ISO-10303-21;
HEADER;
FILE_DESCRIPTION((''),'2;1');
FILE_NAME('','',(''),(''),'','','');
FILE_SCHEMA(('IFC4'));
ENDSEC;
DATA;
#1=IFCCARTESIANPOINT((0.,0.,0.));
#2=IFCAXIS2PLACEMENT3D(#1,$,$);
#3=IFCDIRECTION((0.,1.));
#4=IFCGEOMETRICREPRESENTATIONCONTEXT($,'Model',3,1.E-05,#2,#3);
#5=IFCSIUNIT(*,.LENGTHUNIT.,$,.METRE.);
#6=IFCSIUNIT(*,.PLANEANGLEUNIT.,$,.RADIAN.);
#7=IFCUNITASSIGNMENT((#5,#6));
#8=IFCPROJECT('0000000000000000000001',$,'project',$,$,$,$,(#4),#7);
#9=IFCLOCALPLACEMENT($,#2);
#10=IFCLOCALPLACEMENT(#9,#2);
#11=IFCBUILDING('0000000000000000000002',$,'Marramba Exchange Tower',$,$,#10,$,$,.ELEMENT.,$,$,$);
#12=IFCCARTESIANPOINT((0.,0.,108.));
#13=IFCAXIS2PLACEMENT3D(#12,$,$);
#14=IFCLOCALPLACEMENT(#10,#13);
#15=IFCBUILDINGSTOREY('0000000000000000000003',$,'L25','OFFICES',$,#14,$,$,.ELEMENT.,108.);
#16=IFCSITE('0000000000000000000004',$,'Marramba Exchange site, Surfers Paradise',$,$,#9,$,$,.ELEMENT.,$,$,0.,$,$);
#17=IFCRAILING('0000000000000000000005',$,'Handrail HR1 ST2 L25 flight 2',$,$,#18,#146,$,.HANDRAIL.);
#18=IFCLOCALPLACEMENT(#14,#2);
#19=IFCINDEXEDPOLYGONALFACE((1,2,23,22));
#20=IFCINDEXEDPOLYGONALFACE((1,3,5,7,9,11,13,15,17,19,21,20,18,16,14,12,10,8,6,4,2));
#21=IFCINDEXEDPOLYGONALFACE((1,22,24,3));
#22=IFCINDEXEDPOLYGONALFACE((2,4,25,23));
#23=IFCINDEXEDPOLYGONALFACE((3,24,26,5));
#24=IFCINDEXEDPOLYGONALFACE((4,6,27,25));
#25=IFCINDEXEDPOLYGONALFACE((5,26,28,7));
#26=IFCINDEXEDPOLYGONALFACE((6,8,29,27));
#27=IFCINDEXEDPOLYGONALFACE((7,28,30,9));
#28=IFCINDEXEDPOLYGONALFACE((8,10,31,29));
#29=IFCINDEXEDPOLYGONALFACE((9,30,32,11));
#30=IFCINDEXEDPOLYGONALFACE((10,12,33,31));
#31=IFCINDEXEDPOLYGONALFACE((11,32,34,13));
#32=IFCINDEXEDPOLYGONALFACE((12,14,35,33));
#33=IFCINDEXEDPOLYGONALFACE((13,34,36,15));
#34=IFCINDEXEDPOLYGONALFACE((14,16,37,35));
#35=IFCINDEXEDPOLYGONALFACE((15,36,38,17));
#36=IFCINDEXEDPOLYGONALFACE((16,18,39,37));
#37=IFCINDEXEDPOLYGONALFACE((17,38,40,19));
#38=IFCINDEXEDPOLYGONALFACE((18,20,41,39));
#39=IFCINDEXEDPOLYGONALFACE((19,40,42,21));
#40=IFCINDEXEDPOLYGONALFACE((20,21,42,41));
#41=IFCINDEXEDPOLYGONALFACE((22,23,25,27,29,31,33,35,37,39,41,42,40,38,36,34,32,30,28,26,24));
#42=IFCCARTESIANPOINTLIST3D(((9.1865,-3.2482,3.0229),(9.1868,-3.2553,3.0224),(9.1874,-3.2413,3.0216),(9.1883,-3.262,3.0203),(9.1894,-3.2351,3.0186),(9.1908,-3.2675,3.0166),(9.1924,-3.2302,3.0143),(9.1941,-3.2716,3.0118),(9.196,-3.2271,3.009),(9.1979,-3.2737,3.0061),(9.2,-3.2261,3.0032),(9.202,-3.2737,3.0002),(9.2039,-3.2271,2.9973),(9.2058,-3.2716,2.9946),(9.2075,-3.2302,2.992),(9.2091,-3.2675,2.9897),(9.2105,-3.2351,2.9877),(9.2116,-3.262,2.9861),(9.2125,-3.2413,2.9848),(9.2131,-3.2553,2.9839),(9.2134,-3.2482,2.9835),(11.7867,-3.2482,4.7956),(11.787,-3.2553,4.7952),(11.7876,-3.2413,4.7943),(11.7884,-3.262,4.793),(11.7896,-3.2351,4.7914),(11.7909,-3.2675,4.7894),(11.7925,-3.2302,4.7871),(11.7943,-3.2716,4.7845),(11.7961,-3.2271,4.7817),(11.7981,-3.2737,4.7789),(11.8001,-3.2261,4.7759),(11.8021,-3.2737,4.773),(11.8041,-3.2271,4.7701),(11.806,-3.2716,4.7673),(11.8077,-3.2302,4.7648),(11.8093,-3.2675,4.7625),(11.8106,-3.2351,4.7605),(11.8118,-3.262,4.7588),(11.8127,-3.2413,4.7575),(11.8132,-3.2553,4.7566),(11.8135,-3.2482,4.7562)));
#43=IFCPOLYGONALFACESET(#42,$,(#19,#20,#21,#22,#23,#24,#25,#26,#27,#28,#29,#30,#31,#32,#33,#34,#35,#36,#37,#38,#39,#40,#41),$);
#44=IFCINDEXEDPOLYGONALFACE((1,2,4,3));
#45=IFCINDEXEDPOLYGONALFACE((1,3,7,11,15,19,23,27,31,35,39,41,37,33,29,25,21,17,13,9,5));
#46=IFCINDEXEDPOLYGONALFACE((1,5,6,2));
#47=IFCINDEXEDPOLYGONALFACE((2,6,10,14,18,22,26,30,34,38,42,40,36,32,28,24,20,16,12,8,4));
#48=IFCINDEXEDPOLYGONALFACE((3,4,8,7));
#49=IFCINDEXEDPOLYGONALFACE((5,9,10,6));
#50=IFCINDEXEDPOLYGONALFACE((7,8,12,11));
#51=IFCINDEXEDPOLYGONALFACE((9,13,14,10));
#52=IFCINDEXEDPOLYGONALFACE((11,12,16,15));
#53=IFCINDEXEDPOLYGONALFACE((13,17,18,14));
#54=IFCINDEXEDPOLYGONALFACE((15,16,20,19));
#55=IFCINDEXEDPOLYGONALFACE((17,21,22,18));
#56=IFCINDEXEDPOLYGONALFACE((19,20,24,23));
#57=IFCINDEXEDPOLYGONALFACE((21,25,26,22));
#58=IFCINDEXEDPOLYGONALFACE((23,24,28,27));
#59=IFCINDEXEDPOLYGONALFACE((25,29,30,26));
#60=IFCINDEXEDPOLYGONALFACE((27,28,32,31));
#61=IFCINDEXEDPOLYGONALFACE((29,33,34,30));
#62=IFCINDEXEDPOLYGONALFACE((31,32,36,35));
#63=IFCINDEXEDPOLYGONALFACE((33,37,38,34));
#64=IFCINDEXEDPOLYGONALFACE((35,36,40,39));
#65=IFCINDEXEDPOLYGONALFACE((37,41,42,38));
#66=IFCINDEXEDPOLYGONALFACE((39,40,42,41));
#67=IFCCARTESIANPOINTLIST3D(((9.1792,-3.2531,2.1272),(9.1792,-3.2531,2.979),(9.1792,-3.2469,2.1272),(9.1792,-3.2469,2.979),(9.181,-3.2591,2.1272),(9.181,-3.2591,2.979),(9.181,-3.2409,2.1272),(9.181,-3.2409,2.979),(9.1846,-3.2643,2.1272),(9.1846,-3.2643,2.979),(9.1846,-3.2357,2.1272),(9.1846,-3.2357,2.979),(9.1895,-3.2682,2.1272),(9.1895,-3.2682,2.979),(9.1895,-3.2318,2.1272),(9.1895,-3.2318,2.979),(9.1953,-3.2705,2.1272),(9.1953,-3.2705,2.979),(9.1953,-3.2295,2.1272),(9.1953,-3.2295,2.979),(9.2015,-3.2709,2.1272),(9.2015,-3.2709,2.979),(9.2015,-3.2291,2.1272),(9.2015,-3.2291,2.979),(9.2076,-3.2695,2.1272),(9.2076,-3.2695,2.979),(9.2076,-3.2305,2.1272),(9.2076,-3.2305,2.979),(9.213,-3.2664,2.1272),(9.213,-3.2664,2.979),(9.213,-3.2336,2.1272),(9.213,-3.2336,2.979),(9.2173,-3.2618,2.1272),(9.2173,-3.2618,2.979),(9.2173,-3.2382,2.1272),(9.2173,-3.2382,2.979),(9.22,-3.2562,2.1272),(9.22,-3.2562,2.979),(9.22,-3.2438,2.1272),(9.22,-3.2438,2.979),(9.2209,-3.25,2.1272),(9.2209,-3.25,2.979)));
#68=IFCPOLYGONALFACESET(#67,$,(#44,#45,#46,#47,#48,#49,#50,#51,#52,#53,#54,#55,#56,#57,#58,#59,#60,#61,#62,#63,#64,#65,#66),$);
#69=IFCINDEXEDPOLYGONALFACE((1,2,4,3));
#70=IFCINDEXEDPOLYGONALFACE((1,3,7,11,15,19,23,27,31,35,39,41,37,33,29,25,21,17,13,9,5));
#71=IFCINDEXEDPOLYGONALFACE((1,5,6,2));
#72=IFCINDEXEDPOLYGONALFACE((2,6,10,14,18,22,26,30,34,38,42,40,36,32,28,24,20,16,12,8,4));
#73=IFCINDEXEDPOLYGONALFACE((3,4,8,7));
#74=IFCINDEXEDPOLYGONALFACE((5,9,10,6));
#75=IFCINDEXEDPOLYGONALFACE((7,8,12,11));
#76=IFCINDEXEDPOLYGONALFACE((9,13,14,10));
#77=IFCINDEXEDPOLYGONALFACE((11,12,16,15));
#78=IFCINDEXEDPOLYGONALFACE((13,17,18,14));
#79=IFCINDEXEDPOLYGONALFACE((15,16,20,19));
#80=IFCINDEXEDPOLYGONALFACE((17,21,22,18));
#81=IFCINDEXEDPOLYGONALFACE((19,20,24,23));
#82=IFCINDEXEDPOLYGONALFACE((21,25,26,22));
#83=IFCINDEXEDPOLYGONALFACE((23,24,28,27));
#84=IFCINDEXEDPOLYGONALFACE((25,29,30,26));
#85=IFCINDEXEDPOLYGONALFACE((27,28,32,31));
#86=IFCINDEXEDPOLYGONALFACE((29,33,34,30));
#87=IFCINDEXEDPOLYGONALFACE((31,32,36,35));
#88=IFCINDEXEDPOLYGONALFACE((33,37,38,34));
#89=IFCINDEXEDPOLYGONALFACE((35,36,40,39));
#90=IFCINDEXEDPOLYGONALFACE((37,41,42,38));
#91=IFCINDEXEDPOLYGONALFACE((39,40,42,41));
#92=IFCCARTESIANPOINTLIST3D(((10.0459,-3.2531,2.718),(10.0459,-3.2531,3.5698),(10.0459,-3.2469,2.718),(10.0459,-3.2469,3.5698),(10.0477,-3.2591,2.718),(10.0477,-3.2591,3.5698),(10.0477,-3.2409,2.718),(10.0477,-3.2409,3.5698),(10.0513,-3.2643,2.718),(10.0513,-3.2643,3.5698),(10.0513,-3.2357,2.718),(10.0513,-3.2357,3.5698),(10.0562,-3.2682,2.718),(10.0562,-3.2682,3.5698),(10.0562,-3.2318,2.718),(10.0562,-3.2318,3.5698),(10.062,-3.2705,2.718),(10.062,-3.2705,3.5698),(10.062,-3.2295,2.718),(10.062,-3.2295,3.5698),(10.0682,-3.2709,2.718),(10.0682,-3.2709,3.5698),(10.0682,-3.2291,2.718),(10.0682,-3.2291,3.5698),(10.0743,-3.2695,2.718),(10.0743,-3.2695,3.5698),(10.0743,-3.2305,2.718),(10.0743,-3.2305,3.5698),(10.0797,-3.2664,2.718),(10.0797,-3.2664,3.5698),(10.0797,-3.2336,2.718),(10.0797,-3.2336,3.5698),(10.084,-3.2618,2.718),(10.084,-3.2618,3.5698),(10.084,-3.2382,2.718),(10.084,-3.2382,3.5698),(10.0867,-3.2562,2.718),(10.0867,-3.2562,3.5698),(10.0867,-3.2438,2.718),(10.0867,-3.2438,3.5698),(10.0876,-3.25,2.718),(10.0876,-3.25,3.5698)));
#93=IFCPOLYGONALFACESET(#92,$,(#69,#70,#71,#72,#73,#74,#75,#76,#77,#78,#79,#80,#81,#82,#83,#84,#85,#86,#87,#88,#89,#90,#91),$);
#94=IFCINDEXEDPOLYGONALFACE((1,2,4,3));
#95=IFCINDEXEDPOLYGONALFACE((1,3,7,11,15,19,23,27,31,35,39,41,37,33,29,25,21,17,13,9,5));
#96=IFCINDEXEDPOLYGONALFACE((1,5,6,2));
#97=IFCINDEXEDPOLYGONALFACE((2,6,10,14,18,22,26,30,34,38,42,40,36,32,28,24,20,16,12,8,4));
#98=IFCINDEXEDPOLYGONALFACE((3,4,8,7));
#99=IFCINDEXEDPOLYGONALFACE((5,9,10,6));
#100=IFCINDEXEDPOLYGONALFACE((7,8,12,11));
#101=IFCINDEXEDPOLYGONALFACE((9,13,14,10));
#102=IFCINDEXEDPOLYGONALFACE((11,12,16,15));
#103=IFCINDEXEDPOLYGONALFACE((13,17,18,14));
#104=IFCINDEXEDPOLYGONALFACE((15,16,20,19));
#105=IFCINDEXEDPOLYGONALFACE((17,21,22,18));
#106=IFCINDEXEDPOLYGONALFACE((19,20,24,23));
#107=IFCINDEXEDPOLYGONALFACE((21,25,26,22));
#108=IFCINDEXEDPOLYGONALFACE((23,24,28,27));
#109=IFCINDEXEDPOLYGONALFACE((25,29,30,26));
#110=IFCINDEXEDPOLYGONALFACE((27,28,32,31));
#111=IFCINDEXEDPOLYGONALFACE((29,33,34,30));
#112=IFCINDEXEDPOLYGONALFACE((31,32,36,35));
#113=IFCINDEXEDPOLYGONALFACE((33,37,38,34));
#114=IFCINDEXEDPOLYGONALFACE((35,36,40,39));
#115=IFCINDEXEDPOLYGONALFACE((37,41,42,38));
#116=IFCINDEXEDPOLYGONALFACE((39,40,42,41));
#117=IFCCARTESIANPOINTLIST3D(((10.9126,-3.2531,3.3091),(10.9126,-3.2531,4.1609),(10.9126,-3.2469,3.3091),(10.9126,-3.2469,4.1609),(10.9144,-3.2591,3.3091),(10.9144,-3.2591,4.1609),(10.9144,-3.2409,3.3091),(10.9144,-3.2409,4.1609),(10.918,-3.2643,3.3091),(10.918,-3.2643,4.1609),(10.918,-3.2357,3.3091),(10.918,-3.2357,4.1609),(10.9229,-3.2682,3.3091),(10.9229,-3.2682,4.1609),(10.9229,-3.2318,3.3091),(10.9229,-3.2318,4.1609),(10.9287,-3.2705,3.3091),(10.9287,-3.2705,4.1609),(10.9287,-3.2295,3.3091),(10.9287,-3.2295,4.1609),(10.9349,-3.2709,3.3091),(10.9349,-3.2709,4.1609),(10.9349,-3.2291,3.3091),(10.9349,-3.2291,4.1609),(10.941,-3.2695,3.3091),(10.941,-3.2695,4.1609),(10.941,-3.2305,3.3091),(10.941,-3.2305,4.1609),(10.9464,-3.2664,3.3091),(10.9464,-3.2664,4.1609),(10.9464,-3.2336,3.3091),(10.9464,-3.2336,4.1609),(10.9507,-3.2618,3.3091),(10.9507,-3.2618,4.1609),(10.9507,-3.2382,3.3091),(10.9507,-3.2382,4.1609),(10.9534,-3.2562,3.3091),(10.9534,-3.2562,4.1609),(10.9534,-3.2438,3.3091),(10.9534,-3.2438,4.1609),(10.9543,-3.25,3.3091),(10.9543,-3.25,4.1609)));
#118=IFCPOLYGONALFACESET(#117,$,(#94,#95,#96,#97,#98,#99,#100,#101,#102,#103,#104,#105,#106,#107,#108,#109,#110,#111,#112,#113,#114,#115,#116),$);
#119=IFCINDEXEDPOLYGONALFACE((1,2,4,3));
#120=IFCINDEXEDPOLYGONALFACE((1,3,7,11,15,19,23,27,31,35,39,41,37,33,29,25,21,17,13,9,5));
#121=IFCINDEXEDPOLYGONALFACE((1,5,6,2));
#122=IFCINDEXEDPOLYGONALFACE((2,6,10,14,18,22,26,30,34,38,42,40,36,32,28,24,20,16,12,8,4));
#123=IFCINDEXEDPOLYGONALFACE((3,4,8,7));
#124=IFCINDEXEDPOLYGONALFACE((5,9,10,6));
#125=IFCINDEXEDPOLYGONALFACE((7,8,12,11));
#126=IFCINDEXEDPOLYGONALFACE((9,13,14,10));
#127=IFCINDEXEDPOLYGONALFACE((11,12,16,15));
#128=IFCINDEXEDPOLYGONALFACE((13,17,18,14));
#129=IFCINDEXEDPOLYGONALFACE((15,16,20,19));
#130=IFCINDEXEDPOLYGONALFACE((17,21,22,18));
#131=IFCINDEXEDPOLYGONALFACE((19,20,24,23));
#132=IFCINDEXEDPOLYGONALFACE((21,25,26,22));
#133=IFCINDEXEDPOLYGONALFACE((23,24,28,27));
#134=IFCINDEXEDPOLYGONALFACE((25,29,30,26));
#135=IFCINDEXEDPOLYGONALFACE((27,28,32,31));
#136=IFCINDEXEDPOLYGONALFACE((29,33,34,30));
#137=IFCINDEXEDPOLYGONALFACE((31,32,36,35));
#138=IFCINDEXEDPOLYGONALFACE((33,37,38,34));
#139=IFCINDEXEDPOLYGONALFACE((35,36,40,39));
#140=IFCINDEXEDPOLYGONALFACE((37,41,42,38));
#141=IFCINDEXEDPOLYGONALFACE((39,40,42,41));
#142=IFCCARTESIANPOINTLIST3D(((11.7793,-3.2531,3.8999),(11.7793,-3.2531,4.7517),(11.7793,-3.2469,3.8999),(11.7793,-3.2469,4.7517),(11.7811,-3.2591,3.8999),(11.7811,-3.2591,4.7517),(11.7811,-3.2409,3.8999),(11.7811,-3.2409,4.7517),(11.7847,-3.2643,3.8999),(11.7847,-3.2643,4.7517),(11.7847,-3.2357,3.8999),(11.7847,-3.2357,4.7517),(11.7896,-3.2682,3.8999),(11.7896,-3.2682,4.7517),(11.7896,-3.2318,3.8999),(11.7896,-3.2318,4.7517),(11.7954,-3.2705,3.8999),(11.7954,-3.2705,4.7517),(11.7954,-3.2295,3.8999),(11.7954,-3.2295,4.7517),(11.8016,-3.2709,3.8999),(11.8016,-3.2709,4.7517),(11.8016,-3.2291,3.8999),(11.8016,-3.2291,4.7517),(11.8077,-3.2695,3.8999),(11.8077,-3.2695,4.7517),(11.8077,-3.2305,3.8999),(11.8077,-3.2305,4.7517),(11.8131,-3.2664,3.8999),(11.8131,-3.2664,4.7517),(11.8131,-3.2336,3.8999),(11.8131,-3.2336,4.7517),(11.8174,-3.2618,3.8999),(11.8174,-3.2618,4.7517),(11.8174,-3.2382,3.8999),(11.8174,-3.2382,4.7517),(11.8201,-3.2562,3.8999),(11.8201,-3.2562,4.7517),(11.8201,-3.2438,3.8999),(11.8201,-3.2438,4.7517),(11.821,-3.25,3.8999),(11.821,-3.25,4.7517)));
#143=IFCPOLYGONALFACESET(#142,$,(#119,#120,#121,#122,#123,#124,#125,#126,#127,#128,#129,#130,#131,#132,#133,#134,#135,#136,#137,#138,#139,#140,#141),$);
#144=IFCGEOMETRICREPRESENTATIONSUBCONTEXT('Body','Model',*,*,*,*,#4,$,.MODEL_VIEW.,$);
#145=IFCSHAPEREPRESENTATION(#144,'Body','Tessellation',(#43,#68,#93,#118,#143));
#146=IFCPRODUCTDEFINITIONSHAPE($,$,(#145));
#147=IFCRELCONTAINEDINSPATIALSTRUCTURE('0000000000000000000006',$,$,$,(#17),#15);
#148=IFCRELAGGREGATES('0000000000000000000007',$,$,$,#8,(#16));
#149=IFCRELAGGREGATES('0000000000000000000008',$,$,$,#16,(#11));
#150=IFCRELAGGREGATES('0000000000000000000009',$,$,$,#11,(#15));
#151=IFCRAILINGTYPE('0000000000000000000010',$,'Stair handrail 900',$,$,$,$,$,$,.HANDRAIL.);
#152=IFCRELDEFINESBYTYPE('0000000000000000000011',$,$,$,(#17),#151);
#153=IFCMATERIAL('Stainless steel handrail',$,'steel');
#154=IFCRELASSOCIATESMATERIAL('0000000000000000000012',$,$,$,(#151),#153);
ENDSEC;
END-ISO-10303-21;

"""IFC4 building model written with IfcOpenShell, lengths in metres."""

from ifc_helpers import new_model, si_unit, direction, frame, origin, origin_2d, place, context, subcontext, project, spatial, circle, extrude, material, type_object, element, save


model = new_model("IFC4")

# Units and contexts
model_context = context("Model", 3, precision=1e-05, world=origin(), true_north=direction((0.0, 1.0)))
body_context = subcontext(model_context, "Body", "Model", "MODEL_VIEW")
ifc_project = project(units=[si_unit("LENGTHUNIT", "METRE"), si_unit("PLANEANGLEUNIT", "RADIAN")], contexts=[model_context])

# Site, building, storey
site_placement = place(None, origin())
site = spatial("IfcSite", under=ifc_project, at=site_placement, Name="Marramba Exchange site, Surfers Paradise", CompositionType="ELEMENT", RefElevation=0.0)
building_placement = place(site_placement, origin())
building = spatial("IfcBuilding", under=site, at=building_placement, Name="Marramba Exchange Tower", CompositionType="ELEMENT")
storey_placement = place(building_placement, frame((0.0, 0.0, 108.0)))
storey = spatial("IfcBuildingStorey", under=building, at=storey_placement, Name="L25", Description="OFFICES", CompositionType="ELEMENT", Elevation=108.0)

# Railing
ifc_material_1 = material(Name="Stainless steel handrail", Category="steel")
railing_type = type_object("IfcRailingType", Name="Stair handrail 900", PredefinedType="HANDRAIL", material=ifc_material_1)
railing_placement = place(storey_placement, frame((9.2, -3.25, 2.1272)))
element("IfcRailing", 1, at=railing_placement, inside=storey, type_object=railing_type, Name="Handrail HR1 ST2 L25 flight 2", PredefinedType="HANDRAIL", context=body_context, shape_type="SweptSolid", body=[
    extrude(circle(Radius=0.0239, at=origin_2d()), frame((0.0, 0.0, 0.876), z_axis=(0.82624, 0.0, 0.563318), x_axis=(0.0, 1.0, 0.0)), (0.0, 0.0, 1.0), 3.147),
    extrude(circle(Radius=0.021, at=origin_2d()), origin(), (0.0, 0.0, 1.0), 0.8518),
    extrude(circle(Radius=0.021, at=origin_2d()), frame((0.8667, 0.0, 0.5908)), (0.0, 0.0, 1.0), 0.8518),
    extrude(circle(Radius=0.021, at=origin_2d()), frame((1.7334, 0.0, 1.1819)), (0.0, 0.0, 1.0), 0.8518),
    extrude(circle(Radius=0.021, at=origin_2d()), frame((2.6001, 0.0, 1.7727)), (0.0, 0.0, 1.0), 0.8518),
])

save(model, "model.ifc")
